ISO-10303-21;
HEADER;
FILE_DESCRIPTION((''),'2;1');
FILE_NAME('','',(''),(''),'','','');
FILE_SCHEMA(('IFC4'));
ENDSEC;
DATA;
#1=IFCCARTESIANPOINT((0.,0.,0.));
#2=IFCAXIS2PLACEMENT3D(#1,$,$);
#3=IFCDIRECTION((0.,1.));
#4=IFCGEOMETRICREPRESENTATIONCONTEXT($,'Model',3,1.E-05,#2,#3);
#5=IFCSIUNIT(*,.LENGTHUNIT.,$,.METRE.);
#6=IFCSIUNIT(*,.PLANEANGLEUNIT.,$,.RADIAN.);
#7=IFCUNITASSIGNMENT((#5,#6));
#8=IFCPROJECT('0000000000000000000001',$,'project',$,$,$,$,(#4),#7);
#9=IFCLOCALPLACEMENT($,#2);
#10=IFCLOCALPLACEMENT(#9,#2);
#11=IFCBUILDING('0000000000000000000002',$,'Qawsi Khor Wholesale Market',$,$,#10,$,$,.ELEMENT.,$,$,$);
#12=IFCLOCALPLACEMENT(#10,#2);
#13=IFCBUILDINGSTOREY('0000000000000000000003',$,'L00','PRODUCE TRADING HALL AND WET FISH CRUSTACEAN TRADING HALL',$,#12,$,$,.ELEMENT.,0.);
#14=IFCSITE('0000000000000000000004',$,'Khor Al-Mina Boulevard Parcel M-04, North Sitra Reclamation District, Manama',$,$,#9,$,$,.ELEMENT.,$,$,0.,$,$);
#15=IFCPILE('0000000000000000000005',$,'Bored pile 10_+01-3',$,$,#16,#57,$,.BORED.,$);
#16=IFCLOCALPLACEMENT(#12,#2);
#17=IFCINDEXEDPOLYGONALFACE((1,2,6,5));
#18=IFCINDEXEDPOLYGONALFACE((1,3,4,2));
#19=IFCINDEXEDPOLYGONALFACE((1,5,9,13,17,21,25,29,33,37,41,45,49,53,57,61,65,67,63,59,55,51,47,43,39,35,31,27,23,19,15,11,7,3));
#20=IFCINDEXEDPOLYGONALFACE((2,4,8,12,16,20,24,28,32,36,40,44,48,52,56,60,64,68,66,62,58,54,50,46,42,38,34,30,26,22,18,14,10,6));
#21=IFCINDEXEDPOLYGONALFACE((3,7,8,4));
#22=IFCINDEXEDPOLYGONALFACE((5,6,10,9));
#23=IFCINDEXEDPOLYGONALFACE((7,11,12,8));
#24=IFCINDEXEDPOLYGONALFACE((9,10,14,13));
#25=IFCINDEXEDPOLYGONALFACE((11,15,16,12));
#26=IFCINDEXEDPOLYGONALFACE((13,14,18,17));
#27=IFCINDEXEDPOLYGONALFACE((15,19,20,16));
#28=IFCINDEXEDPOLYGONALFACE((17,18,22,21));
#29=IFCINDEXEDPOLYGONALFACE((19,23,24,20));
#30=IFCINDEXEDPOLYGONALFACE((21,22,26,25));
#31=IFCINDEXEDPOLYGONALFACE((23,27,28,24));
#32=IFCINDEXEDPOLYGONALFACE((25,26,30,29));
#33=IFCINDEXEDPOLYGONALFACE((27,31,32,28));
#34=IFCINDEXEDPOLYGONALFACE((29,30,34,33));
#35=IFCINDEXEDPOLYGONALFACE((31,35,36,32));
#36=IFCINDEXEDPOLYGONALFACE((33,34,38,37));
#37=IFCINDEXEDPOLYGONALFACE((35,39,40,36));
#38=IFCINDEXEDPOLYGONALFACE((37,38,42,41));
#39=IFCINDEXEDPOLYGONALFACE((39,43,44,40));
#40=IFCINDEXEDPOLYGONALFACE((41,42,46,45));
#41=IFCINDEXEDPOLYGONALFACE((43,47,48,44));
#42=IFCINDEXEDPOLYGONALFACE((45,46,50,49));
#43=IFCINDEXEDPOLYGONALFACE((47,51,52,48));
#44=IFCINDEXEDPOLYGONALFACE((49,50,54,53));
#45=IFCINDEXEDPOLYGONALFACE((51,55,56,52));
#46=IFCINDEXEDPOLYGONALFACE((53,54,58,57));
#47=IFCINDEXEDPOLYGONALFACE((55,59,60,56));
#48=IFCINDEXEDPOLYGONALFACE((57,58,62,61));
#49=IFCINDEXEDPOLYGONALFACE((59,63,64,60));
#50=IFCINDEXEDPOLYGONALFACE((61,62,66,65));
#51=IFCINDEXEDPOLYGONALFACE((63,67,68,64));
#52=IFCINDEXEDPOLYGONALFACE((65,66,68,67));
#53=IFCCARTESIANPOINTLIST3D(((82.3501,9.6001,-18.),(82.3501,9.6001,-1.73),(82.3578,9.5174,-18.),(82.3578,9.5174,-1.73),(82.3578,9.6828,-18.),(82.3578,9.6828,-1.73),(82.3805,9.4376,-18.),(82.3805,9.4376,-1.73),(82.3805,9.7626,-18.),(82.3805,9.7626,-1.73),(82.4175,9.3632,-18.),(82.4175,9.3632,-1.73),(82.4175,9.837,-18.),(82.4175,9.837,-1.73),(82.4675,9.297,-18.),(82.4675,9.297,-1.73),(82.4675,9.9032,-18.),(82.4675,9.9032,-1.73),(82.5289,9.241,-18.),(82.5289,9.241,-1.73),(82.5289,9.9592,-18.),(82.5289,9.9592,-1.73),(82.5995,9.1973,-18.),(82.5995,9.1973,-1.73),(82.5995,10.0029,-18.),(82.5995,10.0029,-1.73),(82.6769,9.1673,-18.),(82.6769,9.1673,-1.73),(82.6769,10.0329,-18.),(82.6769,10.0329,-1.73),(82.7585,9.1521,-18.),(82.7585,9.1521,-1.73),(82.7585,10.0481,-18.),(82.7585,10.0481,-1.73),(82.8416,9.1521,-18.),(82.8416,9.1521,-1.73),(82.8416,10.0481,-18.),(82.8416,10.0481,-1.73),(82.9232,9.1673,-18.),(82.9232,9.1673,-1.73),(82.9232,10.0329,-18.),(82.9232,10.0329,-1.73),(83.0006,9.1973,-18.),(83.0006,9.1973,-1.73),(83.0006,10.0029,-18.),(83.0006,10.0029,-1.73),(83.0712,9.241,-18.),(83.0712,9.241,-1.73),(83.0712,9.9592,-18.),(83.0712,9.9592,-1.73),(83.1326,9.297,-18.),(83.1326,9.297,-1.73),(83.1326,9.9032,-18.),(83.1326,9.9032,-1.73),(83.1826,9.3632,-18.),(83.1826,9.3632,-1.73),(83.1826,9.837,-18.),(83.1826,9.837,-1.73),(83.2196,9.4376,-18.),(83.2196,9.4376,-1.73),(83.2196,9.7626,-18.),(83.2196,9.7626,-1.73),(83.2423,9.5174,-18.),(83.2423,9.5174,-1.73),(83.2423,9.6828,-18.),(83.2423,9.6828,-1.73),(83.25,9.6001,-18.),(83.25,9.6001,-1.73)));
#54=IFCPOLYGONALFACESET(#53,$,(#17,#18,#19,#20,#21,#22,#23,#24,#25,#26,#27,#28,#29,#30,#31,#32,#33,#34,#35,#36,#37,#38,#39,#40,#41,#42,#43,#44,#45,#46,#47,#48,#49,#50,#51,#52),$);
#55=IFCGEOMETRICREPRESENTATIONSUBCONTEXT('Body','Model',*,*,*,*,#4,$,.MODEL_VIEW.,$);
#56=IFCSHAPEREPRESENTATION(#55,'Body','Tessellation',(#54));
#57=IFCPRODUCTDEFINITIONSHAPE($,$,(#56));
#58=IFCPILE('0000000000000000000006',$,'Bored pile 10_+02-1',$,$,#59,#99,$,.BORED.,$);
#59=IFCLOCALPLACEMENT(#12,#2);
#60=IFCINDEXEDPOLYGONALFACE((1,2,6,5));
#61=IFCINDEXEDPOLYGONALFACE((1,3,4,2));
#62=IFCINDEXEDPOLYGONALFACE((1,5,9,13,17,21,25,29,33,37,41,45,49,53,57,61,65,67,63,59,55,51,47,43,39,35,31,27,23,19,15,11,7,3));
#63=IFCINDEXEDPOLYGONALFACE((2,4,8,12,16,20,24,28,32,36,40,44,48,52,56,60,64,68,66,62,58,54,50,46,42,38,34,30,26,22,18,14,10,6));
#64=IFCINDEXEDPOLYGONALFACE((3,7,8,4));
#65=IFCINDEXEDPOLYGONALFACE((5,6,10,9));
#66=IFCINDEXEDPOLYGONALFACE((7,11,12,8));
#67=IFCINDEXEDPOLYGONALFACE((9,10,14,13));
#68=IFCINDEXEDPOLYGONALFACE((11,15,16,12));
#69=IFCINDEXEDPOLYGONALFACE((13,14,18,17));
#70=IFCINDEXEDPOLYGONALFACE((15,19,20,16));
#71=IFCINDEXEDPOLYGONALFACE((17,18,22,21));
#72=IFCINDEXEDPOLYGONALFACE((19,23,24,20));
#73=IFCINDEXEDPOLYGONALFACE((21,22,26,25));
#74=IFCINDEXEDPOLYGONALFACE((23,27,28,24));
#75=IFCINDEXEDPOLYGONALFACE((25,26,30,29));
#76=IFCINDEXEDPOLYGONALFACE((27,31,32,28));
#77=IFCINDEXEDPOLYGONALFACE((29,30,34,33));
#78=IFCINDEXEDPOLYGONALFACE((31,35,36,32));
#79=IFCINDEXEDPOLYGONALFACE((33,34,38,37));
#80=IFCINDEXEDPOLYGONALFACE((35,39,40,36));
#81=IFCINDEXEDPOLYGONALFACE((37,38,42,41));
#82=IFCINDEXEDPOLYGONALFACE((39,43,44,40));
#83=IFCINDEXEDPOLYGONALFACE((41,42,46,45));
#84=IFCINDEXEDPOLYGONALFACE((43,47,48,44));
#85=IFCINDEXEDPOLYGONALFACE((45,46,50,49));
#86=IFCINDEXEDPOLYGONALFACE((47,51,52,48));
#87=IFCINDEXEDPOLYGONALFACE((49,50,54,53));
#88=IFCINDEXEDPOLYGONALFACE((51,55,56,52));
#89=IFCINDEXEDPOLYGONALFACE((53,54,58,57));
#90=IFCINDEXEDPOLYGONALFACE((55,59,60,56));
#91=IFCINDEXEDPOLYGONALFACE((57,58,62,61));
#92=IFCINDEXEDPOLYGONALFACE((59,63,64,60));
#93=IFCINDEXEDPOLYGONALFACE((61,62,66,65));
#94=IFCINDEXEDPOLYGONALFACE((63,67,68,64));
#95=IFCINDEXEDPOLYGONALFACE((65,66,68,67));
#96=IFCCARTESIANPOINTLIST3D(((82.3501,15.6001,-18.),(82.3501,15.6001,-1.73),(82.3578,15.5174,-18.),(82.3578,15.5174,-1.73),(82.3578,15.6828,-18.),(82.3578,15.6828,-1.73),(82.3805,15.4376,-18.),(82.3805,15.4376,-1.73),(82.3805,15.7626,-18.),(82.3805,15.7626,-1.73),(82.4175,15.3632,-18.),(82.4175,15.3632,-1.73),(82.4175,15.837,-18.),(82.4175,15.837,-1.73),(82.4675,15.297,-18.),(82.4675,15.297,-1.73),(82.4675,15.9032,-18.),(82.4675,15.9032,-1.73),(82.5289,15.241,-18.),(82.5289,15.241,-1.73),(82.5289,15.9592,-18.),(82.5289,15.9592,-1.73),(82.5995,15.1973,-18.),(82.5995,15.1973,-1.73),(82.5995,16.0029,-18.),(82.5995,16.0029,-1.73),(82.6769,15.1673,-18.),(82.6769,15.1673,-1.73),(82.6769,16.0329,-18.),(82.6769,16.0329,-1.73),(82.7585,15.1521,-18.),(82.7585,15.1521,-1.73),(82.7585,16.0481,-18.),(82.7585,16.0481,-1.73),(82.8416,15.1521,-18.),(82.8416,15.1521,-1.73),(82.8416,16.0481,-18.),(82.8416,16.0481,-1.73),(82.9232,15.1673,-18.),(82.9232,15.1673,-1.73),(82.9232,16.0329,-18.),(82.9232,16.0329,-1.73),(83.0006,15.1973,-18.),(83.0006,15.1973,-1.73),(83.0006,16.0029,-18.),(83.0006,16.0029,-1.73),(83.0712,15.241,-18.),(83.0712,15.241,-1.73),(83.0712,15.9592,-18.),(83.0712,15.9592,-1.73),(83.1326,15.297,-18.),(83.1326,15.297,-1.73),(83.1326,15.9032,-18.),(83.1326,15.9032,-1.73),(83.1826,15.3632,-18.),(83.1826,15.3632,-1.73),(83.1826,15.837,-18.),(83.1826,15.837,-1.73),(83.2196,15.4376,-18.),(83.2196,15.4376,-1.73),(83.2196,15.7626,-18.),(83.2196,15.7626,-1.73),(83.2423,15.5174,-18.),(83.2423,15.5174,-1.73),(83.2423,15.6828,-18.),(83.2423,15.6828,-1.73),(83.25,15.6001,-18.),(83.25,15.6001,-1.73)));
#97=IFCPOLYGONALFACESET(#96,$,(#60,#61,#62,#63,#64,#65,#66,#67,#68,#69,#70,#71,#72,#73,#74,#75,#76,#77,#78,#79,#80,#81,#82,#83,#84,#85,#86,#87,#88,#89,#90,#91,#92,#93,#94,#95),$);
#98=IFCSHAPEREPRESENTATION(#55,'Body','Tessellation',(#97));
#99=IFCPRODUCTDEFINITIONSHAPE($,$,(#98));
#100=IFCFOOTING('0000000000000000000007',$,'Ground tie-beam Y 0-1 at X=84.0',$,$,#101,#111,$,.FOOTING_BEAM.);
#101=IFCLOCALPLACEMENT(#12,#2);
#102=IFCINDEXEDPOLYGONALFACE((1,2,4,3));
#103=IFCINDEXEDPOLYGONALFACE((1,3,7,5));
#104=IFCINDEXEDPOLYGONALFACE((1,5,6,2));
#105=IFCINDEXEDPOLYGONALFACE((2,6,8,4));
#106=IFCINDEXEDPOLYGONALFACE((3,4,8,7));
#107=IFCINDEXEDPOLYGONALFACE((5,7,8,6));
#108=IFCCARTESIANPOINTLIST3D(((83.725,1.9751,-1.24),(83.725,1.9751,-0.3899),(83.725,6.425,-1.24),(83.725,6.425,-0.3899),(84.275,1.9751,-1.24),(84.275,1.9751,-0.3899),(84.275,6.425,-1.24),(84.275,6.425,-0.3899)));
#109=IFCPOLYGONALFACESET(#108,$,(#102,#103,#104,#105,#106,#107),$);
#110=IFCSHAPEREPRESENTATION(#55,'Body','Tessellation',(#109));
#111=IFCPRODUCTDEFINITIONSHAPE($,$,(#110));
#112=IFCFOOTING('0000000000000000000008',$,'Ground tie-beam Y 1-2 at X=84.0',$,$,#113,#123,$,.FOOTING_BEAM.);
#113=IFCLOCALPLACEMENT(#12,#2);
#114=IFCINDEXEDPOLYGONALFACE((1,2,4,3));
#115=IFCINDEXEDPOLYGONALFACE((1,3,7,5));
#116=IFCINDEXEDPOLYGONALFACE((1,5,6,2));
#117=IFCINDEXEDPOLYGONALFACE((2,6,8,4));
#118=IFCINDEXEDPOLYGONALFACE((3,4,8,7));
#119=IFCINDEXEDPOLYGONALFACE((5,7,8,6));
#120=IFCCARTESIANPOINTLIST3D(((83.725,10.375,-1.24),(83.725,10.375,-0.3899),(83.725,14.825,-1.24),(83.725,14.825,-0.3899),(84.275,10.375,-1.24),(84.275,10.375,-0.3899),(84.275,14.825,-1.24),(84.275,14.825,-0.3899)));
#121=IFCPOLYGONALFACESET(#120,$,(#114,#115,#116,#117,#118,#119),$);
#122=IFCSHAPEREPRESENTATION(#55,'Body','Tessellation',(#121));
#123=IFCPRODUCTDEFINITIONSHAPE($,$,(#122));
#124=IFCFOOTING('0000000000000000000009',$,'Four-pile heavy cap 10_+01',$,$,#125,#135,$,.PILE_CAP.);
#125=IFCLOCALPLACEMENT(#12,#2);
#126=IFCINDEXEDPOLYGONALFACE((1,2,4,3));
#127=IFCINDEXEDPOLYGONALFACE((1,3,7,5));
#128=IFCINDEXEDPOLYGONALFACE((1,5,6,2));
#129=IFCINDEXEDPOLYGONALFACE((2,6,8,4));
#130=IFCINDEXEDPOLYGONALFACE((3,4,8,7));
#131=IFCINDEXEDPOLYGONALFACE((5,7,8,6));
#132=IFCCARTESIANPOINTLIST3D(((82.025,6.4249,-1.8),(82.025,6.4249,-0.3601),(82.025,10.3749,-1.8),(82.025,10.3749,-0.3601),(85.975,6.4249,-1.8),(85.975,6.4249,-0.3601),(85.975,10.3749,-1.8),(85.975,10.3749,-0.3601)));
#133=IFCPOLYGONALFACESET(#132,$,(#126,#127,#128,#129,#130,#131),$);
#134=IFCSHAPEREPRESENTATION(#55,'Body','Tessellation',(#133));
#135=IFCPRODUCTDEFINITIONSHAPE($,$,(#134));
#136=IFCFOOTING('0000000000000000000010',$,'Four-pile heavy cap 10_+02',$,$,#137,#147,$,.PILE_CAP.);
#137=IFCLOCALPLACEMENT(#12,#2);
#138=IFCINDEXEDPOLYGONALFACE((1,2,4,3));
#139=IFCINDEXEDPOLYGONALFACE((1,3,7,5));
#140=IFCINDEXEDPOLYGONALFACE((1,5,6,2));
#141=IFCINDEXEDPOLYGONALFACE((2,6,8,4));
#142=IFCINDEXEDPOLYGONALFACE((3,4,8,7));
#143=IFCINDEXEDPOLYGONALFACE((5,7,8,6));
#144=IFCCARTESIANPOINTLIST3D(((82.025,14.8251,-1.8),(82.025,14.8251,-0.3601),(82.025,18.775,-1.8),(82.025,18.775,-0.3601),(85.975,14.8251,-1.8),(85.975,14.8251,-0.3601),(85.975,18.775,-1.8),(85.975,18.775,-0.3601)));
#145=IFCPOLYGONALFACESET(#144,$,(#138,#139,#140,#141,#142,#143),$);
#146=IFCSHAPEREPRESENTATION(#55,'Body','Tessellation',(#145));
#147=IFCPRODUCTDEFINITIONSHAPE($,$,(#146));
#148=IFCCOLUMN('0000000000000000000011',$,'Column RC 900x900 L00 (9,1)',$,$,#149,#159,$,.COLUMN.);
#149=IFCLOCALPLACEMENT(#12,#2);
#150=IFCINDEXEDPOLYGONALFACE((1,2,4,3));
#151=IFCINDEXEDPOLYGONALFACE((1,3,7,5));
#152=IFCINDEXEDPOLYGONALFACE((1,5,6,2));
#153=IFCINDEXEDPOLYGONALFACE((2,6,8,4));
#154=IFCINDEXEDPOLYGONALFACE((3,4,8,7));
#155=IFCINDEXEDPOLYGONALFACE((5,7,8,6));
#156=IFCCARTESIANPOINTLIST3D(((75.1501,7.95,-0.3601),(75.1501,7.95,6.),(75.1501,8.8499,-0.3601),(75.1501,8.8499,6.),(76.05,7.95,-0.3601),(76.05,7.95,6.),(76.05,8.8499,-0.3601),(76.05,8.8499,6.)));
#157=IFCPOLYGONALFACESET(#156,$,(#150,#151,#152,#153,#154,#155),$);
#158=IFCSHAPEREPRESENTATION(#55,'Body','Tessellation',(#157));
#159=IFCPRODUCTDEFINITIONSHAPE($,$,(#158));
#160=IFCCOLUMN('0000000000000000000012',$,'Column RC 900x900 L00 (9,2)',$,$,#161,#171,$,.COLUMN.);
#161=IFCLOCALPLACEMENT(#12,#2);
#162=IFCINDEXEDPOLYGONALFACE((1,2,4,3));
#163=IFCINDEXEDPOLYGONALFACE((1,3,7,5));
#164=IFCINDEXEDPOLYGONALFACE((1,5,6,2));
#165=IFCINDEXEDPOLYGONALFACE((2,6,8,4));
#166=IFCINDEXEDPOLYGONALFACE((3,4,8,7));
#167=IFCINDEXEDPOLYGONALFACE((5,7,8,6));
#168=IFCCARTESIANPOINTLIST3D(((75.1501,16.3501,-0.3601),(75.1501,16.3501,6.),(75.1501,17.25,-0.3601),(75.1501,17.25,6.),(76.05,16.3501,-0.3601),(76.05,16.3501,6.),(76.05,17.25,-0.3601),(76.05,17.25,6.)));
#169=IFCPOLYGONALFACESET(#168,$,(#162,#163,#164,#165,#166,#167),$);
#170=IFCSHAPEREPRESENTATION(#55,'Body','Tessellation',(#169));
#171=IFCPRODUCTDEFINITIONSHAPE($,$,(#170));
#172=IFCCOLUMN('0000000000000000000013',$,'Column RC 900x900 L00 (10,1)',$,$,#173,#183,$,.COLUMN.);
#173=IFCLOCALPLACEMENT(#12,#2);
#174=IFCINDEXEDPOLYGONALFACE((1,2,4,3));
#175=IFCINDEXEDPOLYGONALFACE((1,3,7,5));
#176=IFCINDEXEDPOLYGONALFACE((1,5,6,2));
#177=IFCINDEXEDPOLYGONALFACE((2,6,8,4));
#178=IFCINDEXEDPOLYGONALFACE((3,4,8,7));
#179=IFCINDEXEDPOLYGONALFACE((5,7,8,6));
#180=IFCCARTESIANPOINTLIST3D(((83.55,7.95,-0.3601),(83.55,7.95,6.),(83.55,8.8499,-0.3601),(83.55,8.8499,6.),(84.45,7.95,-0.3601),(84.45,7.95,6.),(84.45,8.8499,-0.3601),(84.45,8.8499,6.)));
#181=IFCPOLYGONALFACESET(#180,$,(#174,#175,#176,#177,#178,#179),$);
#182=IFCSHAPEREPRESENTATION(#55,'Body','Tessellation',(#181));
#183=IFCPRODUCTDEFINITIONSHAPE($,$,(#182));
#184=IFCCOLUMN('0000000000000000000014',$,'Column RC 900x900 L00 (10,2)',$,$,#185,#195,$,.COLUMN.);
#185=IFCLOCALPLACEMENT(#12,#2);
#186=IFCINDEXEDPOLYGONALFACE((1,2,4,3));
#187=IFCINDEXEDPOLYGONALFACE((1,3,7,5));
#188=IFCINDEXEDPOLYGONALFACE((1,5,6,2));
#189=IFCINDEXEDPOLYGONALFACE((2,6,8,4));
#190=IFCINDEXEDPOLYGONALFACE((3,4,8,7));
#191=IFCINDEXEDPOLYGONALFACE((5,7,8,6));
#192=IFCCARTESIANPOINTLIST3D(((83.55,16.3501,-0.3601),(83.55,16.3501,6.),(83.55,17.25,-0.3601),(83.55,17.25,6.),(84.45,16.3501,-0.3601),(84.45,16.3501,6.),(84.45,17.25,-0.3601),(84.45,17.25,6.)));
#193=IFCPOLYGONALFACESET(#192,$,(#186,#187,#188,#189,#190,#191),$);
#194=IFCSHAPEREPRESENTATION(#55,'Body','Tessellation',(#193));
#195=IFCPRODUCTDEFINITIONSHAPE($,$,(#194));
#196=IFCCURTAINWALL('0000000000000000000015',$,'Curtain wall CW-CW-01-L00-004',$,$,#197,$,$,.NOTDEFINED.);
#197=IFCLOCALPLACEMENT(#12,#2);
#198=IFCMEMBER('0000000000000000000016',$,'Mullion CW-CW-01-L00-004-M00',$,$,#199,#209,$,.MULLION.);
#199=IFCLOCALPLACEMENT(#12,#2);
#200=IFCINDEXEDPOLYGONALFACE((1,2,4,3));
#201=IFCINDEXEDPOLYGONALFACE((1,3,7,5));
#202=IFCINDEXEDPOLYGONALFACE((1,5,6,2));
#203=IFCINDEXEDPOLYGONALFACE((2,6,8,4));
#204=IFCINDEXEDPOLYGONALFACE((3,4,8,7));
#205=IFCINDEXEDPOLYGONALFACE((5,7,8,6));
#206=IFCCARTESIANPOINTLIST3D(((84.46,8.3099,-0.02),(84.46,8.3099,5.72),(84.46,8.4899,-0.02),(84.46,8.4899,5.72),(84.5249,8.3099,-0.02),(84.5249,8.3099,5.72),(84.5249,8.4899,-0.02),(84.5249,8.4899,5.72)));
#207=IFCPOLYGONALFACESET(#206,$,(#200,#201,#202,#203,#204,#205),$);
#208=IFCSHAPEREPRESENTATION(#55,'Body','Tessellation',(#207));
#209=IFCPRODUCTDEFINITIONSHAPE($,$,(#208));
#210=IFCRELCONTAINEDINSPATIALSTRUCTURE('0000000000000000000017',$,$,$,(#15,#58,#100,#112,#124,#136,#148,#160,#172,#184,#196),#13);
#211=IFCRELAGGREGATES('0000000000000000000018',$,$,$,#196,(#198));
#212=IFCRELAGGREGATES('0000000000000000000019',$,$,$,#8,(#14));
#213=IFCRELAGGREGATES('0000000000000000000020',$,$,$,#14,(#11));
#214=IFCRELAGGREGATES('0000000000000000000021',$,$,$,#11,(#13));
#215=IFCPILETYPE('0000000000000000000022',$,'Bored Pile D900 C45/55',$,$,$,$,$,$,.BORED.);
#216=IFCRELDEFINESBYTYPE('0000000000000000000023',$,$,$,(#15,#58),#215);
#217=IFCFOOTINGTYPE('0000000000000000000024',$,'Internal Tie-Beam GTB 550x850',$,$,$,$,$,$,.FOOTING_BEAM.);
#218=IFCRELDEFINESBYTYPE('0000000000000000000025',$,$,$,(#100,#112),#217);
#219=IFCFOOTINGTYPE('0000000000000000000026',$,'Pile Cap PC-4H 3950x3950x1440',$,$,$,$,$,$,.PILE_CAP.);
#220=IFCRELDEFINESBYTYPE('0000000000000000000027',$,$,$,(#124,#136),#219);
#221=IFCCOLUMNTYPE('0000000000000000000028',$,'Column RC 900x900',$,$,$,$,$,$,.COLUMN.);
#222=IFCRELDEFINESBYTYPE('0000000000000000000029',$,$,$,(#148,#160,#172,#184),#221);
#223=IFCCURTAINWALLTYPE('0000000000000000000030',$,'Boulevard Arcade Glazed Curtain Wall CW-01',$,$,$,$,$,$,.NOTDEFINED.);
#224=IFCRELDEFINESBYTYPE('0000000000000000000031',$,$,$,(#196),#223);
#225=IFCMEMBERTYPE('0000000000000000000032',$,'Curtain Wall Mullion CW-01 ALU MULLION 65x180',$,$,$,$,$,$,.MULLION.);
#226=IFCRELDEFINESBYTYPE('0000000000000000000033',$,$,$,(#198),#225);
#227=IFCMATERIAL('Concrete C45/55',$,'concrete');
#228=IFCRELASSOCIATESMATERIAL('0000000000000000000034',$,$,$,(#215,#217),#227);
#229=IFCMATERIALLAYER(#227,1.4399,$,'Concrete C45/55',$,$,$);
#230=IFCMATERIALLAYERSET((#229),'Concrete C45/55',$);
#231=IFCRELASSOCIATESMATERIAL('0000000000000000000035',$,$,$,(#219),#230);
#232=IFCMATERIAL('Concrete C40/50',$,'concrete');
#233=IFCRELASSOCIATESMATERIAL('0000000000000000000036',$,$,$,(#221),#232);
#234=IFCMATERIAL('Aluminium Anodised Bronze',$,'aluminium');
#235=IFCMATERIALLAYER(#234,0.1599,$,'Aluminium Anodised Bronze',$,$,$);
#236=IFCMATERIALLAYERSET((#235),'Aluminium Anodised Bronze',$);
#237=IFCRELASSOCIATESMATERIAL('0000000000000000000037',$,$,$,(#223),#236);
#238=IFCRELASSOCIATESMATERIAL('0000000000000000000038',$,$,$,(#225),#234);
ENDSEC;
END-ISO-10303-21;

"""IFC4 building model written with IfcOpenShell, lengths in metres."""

from ifc_helpers import new_model, si_unit, direction, frame, origin, origin_2d, place, context, subcontext, project, spatial, rectangle, circle, extrude, material, layer, layer_set, material_profile, profile_set, type_object, element, aggregate, save


model = new_model("IFC4")

# Units and contexts
model_context = context("Model", 3, precision=1e-05, world=origin(), true_north=direction((0.0, 1.0)))
body_context = subcontext(model_context, "Body", "Model", "MODEL_VIEW")
ifc_project = project(units=[si_unit("LENGTHUNIT", "METRE"), si_unit("PLANEANGLEUNIT", "RADIAN")], contexts=[model_context])

# Site, building, storey
site_placement = place(None, origin())
site = spatial("IfcSite", under=ifc_project, at=site_placement, Name="Khor Al-Mina Boulevard Parcel M-04, North Sitra Reclamation District, Manama", CompositionType="ELEMENT", RefElevation=0.0)
building_placement = place(site_placement, origin())
building = spatial("IfcBuilding", under=site, at=building_placement, Name="Qawsi Khor Wholesale Market", CompositionType="ELEMENT")
storey_placement = place(building_placement, origin())
storey = spatial("IfcBuildingStorey", under=building, at=storey_placement, Name="L00", Description="PRODUCE TRADING HALL AND WET FISH CRUSTACEAN TRADING HALL", CompositionType="ELEMENT", Elevation=0.0)

# Piles
ifc_material_1 = material(Name="Concrete C45/55", Category="concrete")
ifc_material_profile_1 = material_profile(ifc_material_1, circle(Radius=0.45, at=origin_2d()), Name="PILE D900")
ifc_profile_set_1 = profile_set([ifc_material_profile_1], Name="Concrete C45/55")
pile_type_1 = type_object("IfcPileType", Name="Bored Pile D900 C45/55", PredefinedType="BORED", material=ifc_profile_set_1)
for number, where, z_axis, x_axis, name in (
    (1, (82.8, 9.6001, -1.73), (0.0, 0.0, -1.0), (1.0, 0.0, 0.0), "Bored pile 10_+01-3"),
    (2, (82.8, 15.6001, -1.73), (0.0, 0.0, -1.0), (1.0, 0.0, 0.0), "Bored pile 10_+02-1"),
):
    element("IfcPile", number, at=place(storey_placement, frame(where, z_axis=z_axis, x_axis=x_axis)), inside=storey, type_object=pile_type_1, Name=name, PredefinedType="BORED", context=body_context, shape_type="SweptSolid", body=[
        extrude(circle(Radius=0.45, at=origin_2d()), origin(), (0.0, 0.0, 1.0), 16.27),
    ])

# Footings
ifc_material_profile_2 = material_profile(ifc_material_1, rectangle(XDim=0.55, YDim=0.8501, at=origin_2d()), Name="RC 550x850")
ifc_profile_set_2 = profile_set([ifc_material_profile_2], Name="Concrete C45/55")
footing_type_1 = type_object("IfcFootingType", Name="Internal Tie-Beam GTB 550x850", PredefinedType="FOOTING_BEAM", material=ifc_profile_set_2)
for number, where, z_axis, x_axis, name in (
    (3, (84.0, 1.9751, -0.8149), (0.0, 1.0, 0.0), (-1.0, 0.0, 0.0), "Ground tie-beam Y 0-1 at X=84.0"),
    (4, (84.0, 10.375, -0.8149), (0.0, 1.0, 0.0), (-1.0, 0.0, 0.0), "Ground tie-beam Y 1-2 at X=84.0"),
):
    element("IfcFooting", number, at=place(storey_placement, frame(where, z_axis=z_axis, x_axis=x_axis)), inside=storey, type_object=footing_type_1, Name=name, PredefinedType="FOOTING_BEAM", context=body_context, shape_type="SweptSolid", body=[
        extrude(rectangle(XDim=0.55, YDim=0.8501, at=origin_2d()), origin(), (0.0, 0.0, 1.0), 4.45),
    ])
ifc_layer_1 = layer(ifc_material_1, 1.4399, Name="Concrete C45/55")
ifc_layer_set_1 = layer_set([ifc_layer_1], Name="Concrete C45/55")
footing_type_2 = type_object("IfcFootingType", Name="Pile Cap PC-4H 3950x3950x1440", PredefinedType="PILE_CAP", material=ifc_layer_set_1)
for number, where, z_axis, x_axis, name in (
    (5, (84.0, 8.3999, -1.8), (0.0, 0.0, 1.0), (1.0, 0.0, 0.0), "Four-pile heavy cap 10_+01"),
    (6, (84.0, 16.8, -1.8), (0.0, 0.0, 1.0), (1.0, 0.0, 0.0), "Four-pile heavy cap 10_+02"),
):
    element("IfcFooting", number, at=place(storey_placement, frame(where, z_axis=z_axis, x_axis=x_axis)), inside=storey, type_object=footing_type_2, Name=name, PredefinedType="PILE_CAP", context=body_context, shape_type="SweptSolid", body=[
        extrude(rectangle(XDim=3.95, YDim=3.95, at=origin_2d()), origin(), (0.0, 0.0, 1.0), 1.4399),
    ])

# Columns
ifc_material_2 = material(Name="Concrete C40/50", Category="concrete")
ifc_material_profile_3 = material_profile(ifc_material_2, rectangle(XDim=0.8999, YDim=0.8999, at=origin_2d()), Name="RC 900x900")
ifc_profile_set_3 = profile_set([ifc_material_profile_3], Name="Concrete C40/50")
column_type = type_object("IfcColumnType", Name="Column RC 900x900", PredefinedType="COLUMN", material=ifc_profile_set_3)
for number, where, z_axis, x_axis, name in (
    (7, (75.6001, 8.3999, -0.3601), (0.0, 0.0, 1.0), (1.0, 0.0, 0.0), "Column RC 900x900 L00 (9,1)"),
    (8, (75.6001, 16.8, -0.3601), (0.0, 0.0, 1.0), (1.0, 0.0, 0.0), "Column RC 900x900 L00 (9,2)"),
    (9, (84.0, 8.3999, -0.3601), (0.0, 0.0, 1.0), (1.0, 0.0, 0.0), "Column RC 900x900 L00 (10,1)"),
    (10, (84.0, 16.8, -0.3601), (0.0, 0.0, 1.0), (1.0, 0.0, 0.0), "Column RC 900x900 L00 (10,2)"),
):
    element("IfcColumn", number, at=place(storey_placement, frame(where, z_axis=z_axis, x_axis=x_axis)), inside=storey, type_object=column_type, Name=name, PredefinedType="COLUMN", context=body_context, shape_type="SweptSolid", body=[
        extrude(rectangle(XDim=0.8999, YDim=0.8999, at=origin_2d()), origin(), (0.0, 0.0, 1.0), 6.3601),
    ])

# Curtain wall, member
ifc_material_3 = material(Name="Aluminium Anodised Bronze", Category="aluminium")
ifc_layer_2 = layer(ifc_material_3, 0.1599, Name="Aluminium Anodised Bronze")
ifc_layer_set_2 = layer_set([ifc_layer_2], Name="Aluminium Anodised Bronze")
curtain_wall_type = type_object("IfcCurtainWallType", Name="Boulevard Arcade Glazed Curtain Wall CW-01", PredefinedType="NOTDEFINED", material=ifc_layer_set_2)
curtain_wall_placement = place(storey_placement, origin())
curtain_wall = element("IfcCurtainWall", 11, at=curtain_wall_placement, inside=storey, type_object=curtain_wall_type, Name="Curtain wall CW-CW-01-L00-004", PredefinedType="NOTDEFINED")
ifc_material_profile_4 = material_profile(ifc_material_3, rectangle(XDim=0.0649, YDim=0.1799, at=origin_2d()), Name="ALU MULLION 65x180")
ifc_profile_set_4 = profile_set([ifc_material_profile_4], Name="Aluminium Anodised Bronze")
member_type_1 = type_object("IfcMemberType", Name="Curtain Wall Mullion CW-01 ALU MULLION 65x180", PredefinedType="MULLION", material=ifc_profile_set_4)
member_1_placement = place(storey_placement, frame((84.4924, 8.3999, -0.02), z_axis=(0.0, 0.0, 1.0), x_axis=(1.0, 0.0, 0.0)))
member_1 = element("IfcMember", 12, at=member_1_placement, type_object=member_type_1, Name="Mullion CW-CW-01-L00-004-M00", PredefinedType="MULLION", context=body_context, shape_type="SweptSolid", body=[
    extrude(rectangle(XDim=0.0649, YDim=0.1799, at=origin_2d()), origin(), (0.0, 0.0, 1.0), 5.74),
])
aggregate(curtain_wall, [member_1])

save(model, "model.ifc")
